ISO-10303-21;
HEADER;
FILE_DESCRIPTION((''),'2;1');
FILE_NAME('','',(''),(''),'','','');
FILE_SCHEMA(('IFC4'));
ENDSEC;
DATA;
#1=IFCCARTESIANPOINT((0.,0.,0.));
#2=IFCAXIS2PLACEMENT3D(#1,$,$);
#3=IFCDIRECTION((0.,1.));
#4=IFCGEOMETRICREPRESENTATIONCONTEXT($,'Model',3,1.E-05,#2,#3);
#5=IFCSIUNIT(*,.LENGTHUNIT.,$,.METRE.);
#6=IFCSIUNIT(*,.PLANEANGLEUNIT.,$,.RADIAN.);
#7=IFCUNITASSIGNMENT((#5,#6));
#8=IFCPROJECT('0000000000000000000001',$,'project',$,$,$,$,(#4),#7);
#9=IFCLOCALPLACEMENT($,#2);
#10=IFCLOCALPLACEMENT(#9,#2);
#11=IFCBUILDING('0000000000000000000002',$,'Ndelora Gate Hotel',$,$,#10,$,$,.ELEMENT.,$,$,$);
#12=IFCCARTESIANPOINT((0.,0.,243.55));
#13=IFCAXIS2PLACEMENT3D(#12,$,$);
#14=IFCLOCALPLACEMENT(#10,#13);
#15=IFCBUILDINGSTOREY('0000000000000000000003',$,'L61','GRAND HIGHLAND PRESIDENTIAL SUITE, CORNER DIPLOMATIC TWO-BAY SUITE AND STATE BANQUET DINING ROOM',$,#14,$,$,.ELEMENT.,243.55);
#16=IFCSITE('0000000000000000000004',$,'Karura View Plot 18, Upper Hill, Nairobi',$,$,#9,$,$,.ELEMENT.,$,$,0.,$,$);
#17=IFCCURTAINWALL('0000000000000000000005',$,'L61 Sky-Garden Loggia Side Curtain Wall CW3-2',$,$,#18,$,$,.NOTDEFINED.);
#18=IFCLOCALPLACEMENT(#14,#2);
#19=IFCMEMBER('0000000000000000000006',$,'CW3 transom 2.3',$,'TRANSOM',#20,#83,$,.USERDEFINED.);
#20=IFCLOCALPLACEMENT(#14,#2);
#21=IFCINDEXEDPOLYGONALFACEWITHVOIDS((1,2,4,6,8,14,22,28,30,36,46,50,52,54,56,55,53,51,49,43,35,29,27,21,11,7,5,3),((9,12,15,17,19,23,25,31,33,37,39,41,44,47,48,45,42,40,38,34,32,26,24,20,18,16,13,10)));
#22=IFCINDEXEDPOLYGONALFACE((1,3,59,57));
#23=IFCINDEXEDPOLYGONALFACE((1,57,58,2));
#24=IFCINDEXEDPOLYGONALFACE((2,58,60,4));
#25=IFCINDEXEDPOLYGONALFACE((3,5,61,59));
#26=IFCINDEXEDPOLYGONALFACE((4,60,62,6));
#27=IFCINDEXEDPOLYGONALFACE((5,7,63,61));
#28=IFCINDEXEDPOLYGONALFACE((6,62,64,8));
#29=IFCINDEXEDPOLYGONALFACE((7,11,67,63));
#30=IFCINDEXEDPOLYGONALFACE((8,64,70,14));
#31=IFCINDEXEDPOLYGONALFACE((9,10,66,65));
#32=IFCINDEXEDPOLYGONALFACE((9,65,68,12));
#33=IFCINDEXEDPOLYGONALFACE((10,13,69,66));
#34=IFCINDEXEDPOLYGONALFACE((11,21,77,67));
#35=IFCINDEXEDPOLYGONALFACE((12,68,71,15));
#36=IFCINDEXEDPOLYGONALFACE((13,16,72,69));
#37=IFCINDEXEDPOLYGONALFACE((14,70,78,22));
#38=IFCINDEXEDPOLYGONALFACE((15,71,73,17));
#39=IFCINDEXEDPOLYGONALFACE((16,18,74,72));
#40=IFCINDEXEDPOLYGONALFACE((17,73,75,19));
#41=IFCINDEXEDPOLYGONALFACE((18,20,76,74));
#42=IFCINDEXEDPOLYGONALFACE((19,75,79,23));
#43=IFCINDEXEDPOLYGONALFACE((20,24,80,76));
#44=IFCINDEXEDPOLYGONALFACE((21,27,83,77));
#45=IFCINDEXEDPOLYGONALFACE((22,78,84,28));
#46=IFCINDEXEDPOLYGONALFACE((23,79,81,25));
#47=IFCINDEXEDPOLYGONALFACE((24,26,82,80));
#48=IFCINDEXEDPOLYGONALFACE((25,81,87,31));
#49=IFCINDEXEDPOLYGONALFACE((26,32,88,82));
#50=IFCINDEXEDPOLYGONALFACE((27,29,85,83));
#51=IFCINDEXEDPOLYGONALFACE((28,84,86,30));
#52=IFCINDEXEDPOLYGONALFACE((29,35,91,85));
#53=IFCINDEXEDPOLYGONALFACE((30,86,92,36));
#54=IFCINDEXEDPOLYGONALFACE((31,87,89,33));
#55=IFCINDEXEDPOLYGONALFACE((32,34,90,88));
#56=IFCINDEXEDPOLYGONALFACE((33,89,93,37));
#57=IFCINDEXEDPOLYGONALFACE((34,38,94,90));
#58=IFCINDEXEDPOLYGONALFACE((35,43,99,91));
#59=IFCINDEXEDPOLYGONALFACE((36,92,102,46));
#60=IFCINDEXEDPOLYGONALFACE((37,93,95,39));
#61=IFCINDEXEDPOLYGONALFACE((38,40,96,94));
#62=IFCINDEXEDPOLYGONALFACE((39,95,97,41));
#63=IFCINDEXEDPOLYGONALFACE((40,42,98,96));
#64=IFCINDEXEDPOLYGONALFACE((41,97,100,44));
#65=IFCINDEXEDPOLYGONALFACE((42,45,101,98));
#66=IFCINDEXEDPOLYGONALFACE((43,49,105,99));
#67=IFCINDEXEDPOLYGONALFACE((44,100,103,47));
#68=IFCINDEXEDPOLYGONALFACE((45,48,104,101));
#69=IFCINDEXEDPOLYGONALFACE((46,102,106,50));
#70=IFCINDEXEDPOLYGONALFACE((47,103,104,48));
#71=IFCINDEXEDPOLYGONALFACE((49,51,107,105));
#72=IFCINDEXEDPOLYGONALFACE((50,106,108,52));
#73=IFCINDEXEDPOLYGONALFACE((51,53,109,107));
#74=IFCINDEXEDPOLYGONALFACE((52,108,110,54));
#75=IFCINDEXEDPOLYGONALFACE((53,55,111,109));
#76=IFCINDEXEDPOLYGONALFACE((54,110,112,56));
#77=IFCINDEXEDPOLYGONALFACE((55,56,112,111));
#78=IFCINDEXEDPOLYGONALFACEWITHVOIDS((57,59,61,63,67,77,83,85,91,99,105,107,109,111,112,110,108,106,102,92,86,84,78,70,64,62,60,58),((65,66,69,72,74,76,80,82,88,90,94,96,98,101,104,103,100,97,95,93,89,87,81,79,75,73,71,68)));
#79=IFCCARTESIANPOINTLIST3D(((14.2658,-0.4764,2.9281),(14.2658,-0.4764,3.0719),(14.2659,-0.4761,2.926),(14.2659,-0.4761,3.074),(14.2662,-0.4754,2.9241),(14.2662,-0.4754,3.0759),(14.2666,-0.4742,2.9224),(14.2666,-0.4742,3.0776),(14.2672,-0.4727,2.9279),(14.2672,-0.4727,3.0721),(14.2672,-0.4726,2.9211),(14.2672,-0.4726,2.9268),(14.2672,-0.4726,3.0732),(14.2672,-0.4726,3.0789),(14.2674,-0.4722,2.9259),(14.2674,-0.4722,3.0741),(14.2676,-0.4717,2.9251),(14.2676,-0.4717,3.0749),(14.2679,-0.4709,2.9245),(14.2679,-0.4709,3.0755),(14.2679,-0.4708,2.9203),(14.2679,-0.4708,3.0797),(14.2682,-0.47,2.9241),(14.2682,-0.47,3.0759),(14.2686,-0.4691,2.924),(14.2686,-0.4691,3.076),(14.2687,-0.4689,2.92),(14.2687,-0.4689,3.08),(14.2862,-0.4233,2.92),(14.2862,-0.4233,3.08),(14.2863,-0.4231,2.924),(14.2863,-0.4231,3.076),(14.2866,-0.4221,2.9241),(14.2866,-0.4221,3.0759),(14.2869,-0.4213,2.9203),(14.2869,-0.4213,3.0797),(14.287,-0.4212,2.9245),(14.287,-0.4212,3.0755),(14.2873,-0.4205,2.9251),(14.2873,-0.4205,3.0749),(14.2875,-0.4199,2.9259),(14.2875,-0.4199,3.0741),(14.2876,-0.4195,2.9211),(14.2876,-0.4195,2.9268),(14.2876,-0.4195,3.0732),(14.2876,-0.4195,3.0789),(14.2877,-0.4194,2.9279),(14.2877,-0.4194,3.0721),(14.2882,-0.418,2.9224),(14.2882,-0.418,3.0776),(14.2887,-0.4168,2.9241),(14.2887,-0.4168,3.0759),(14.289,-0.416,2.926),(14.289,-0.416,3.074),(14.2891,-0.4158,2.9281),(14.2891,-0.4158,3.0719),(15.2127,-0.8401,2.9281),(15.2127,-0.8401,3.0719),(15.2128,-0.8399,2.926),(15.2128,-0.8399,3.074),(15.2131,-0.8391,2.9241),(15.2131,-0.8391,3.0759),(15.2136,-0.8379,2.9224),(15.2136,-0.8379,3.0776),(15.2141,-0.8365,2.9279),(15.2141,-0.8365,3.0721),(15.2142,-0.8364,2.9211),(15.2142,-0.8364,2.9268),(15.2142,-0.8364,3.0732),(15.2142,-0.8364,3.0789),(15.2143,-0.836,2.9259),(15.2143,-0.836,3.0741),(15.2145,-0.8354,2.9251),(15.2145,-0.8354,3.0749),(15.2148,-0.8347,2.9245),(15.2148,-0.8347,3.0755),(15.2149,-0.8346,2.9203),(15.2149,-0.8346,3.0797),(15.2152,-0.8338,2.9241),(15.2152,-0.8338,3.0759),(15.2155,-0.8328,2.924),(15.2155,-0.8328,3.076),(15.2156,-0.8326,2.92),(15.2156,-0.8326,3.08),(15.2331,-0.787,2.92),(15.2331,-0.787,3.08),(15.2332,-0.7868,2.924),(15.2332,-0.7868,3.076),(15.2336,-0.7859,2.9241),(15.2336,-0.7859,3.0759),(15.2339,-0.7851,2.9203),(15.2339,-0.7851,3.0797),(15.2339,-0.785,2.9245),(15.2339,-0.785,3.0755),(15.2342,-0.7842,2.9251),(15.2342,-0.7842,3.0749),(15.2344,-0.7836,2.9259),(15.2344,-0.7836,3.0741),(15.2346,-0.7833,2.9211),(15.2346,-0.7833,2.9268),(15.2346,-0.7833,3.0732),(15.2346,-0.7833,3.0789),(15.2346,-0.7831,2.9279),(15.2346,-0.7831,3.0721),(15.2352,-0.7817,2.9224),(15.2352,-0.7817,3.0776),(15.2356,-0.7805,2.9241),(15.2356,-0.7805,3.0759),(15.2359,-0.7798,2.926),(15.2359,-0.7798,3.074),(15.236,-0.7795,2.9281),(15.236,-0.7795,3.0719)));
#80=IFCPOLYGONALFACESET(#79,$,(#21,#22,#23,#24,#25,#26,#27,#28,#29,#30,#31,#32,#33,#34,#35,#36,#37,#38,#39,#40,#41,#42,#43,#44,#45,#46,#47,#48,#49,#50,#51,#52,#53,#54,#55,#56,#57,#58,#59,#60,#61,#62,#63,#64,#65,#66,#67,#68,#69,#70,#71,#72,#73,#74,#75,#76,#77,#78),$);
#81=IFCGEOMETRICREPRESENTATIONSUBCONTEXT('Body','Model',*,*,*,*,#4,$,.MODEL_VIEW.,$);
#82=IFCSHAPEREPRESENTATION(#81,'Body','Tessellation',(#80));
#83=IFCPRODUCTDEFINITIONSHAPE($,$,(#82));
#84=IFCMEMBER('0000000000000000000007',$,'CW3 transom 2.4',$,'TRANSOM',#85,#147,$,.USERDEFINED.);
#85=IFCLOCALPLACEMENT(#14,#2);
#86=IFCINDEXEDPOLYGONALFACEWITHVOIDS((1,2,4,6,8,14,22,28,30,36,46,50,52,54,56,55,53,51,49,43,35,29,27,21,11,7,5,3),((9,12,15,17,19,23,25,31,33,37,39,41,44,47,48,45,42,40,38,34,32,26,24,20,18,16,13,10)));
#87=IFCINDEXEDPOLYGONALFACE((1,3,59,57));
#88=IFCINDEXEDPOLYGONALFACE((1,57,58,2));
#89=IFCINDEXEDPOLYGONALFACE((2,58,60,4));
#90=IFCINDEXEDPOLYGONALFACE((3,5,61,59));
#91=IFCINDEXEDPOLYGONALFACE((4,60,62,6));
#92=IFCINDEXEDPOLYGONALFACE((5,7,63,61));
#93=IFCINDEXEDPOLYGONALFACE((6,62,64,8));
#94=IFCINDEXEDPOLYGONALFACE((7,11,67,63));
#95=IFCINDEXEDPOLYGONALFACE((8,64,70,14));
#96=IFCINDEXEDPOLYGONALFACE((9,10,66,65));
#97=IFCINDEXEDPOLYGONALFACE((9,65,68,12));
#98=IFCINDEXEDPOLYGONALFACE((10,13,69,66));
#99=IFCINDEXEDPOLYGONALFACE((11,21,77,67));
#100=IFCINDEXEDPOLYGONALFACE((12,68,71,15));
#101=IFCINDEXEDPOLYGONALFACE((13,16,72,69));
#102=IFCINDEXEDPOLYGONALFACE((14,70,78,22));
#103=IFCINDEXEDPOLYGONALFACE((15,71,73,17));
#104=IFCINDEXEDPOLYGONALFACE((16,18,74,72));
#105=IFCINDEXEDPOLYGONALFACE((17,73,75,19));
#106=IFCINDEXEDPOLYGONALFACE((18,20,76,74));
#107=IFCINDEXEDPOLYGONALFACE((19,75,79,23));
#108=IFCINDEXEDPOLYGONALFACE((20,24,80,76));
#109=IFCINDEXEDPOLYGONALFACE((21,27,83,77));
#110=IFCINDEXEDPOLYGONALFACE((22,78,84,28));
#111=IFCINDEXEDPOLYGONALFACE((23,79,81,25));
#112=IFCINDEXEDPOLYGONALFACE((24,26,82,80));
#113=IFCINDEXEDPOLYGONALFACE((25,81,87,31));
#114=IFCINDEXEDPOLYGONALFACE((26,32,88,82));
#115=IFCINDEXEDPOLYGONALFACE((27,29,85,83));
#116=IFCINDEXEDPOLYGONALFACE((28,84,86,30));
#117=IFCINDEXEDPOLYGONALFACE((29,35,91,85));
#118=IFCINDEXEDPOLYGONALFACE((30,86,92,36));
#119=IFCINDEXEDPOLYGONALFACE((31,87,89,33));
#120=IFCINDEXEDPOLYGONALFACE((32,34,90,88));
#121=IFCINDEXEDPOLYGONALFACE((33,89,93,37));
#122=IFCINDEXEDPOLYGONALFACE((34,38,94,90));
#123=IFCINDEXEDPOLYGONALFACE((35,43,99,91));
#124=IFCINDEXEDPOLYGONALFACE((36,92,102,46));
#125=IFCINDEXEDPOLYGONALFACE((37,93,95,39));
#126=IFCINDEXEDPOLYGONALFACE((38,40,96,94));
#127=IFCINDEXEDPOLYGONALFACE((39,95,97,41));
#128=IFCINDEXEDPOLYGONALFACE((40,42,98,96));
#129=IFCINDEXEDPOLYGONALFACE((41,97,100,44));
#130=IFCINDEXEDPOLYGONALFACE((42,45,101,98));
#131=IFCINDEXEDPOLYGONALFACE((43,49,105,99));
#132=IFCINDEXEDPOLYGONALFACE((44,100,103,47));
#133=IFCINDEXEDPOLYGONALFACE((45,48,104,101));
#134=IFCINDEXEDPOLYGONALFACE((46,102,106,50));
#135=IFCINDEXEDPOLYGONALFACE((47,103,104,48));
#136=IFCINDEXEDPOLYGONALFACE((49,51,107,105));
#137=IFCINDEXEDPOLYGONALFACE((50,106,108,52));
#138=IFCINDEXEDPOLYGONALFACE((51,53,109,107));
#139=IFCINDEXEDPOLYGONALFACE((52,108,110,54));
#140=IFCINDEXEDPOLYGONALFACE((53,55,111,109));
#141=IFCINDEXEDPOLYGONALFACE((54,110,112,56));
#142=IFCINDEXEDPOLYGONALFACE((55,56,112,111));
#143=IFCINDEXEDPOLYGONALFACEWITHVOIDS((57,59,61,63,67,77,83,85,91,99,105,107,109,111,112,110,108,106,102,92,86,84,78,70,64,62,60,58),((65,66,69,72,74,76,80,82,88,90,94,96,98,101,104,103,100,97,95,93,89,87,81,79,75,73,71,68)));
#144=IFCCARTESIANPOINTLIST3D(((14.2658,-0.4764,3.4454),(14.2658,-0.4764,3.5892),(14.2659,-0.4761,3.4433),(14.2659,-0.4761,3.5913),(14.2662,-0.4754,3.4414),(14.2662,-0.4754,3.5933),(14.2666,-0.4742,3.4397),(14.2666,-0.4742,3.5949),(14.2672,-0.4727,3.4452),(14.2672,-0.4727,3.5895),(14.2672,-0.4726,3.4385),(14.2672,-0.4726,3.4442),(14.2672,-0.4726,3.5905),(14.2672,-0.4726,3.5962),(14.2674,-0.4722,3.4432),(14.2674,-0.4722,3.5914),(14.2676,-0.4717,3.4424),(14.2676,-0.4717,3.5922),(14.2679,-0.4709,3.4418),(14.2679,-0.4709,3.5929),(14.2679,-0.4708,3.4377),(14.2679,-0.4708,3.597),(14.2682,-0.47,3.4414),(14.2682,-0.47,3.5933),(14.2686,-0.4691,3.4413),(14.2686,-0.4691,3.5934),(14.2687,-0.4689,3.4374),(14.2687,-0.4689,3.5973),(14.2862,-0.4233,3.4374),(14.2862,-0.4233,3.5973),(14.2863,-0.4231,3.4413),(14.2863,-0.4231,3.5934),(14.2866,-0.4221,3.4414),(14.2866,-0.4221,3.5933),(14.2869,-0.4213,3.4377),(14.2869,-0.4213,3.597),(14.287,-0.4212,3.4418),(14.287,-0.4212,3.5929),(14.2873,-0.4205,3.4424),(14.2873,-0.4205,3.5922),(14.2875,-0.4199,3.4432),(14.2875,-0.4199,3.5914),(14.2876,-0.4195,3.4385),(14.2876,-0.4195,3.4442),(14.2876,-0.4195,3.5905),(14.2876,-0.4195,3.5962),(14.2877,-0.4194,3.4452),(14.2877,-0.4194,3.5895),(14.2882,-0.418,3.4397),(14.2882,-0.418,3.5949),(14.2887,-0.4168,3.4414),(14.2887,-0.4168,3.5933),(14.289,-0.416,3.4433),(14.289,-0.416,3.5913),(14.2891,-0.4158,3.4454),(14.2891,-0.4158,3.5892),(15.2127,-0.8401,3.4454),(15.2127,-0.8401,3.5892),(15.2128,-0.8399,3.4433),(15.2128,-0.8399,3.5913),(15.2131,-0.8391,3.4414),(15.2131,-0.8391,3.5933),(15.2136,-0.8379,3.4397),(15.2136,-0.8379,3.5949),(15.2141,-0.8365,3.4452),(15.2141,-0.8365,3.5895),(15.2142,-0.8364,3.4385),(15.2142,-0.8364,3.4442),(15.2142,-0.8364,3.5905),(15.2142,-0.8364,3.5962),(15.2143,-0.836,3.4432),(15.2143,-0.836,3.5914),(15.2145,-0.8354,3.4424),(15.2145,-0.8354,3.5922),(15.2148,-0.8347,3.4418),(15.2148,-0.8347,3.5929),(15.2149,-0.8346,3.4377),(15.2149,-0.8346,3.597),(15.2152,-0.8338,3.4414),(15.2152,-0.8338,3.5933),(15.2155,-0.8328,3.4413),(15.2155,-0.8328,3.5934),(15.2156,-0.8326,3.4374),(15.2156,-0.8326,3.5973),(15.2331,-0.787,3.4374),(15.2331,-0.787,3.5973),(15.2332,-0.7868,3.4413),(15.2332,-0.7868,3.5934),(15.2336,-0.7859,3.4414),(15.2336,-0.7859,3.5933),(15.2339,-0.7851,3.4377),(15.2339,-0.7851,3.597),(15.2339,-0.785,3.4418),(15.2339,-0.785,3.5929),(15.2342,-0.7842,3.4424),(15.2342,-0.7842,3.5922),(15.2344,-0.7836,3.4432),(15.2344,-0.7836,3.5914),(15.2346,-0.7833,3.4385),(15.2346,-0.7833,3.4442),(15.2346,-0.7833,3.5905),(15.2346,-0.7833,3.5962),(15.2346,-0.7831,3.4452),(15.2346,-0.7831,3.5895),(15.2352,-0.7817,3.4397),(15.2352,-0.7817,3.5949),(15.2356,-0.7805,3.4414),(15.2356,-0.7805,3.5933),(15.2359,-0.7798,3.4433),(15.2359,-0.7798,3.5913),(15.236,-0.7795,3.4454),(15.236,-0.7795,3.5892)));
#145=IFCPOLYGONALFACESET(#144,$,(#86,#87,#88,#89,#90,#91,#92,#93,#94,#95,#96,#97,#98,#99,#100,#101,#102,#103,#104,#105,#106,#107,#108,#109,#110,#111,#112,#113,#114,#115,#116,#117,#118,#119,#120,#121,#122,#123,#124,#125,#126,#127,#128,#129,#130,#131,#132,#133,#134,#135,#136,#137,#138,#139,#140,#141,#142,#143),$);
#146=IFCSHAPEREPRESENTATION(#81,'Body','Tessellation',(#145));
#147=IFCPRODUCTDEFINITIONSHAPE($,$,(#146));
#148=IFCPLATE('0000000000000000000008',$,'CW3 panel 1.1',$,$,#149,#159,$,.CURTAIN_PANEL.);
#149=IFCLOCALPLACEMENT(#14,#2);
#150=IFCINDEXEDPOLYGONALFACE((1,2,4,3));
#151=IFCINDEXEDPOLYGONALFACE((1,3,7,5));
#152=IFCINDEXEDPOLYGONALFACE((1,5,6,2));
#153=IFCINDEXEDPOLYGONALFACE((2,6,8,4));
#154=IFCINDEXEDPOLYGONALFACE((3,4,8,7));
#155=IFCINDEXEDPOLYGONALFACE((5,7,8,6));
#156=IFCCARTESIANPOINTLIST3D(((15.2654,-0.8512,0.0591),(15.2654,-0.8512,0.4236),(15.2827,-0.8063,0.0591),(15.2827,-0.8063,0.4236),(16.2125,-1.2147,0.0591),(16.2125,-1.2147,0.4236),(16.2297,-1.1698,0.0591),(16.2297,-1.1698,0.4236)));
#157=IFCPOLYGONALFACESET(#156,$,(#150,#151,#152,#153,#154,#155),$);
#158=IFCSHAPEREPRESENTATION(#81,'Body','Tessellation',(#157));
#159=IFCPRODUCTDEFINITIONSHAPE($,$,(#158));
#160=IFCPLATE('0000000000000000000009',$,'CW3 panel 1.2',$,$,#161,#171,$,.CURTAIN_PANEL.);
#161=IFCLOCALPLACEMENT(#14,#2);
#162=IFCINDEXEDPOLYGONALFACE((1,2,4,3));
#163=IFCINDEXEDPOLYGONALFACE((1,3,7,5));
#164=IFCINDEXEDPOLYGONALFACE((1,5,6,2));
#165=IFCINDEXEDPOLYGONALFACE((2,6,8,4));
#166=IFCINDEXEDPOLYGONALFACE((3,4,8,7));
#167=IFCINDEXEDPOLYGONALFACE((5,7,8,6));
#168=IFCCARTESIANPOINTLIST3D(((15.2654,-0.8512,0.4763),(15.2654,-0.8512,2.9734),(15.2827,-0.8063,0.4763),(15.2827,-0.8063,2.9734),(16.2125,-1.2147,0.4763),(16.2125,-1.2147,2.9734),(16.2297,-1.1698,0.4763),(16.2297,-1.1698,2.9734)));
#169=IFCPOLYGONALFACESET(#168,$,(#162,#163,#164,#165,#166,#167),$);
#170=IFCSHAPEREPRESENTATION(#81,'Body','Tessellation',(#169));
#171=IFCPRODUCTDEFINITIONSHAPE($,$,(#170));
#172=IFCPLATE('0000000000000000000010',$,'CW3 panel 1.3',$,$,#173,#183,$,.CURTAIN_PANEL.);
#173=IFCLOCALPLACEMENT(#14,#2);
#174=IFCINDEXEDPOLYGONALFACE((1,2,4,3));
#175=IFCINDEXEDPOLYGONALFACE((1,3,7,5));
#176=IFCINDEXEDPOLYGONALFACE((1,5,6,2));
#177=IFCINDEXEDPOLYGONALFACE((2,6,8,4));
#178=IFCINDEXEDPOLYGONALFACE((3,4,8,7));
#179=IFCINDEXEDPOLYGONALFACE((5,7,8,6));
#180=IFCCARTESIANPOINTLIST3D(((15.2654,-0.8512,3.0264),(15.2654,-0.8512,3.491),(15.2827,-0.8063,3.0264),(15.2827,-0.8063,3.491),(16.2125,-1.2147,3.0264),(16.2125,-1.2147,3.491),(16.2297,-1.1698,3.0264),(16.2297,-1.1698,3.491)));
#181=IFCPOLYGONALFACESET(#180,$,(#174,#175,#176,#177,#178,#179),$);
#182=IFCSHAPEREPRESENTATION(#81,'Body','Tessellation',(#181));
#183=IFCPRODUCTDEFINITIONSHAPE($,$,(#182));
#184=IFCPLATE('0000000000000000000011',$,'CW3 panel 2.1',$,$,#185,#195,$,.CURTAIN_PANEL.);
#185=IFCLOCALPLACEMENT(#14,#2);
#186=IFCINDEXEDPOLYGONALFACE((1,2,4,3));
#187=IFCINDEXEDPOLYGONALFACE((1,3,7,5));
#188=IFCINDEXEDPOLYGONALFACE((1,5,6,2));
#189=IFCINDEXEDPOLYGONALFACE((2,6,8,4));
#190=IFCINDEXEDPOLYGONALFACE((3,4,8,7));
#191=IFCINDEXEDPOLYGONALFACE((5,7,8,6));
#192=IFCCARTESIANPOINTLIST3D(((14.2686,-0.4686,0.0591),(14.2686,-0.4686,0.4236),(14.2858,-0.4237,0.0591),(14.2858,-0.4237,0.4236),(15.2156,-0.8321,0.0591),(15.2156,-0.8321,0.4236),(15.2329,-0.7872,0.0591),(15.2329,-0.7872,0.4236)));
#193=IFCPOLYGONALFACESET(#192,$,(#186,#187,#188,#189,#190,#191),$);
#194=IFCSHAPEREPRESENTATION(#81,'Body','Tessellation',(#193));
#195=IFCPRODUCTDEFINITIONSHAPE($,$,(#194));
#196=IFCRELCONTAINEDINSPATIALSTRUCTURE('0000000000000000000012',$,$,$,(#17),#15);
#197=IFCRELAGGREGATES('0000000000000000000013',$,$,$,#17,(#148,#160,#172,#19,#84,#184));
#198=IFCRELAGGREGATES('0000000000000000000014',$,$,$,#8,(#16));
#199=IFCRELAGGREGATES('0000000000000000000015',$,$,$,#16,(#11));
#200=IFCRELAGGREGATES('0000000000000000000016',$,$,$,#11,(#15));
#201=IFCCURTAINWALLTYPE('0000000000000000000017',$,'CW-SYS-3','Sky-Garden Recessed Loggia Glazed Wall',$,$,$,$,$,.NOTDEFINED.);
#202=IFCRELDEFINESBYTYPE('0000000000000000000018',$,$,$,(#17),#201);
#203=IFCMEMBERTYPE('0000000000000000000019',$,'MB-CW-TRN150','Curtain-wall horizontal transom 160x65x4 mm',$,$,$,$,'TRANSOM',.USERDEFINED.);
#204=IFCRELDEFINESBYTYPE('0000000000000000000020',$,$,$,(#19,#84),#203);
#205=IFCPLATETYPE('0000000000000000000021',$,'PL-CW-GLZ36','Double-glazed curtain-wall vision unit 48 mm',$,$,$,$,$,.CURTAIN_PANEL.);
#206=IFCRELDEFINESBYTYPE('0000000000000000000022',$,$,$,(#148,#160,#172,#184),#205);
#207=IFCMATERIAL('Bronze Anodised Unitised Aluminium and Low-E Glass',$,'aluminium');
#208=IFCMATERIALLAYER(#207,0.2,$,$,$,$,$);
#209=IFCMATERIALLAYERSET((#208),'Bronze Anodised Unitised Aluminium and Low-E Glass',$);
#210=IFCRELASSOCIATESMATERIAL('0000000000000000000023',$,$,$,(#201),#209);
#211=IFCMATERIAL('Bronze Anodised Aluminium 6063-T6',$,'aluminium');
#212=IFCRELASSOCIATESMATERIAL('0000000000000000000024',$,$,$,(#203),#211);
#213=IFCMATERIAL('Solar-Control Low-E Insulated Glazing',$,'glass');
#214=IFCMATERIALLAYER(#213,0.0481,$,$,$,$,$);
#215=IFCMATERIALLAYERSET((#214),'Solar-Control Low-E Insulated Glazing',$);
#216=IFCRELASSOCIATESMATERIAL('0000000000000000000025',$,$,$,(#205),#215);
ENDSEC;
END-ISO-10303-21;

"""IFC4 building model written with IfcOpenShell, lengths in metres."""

from ifc_helpers import new_model, si_unit, direction, frame, origin, origin_2d, place, context, subcontext, project, spatial, rectangle, hollow_rectangle, extrude, material, layer, layer_set, material_profile, profile_set, type_object, element, aggregate, save


model = new_model("IFC4")

# Units and contexts
model_context = context("Model", 3, precision=1e-05, world=origin(), true_north=direction((0.0, 1.0)))
body_context = subcontext(model_context, "Body", "Model", "MODEL_VIEW")
ifc_project = project(units=[si_unit("LENGTHUNIT", "METRE"), si_unit("PLANEANGLEUNIT", "RADIAN")], contexts=[model_context])

# Site, building, storey
site_placement = place(None, origin())
site = spatial("IfcSite", under=ifc_project, at=site_placement, Name="Karura View Plot 18, Upper Hill, Nairobi", CompositionType="ELEMENT", RefElevation=0.0)
building_placement = place(site_placement, origin())
building = spatial("IfcBuilding", under=site, at=building_placement, Name="Ndelora Gate Hotel", CompositionType="ELEMENT")
storey_placement = place(building_placement, frame((0.0, 0.0, 243.55)))
storey = spatial("IfcBuildingStorey", under=building, at=storey_placement, Name="L61", Description="GRAND HIGHLAND PRESIDENTIAL SUITE, CORNER DIPLOMATIC TWO-BAY SUITE AND STATE BANQUET DINING ROOM", CompositionType="ELEMENT", Elevation=243.55)

# Curtain wall, members, plates
ifc_material_1 = material(Name="Bronze Anodised Unitised Aluminium and Low-E Glass", Category="aluminium")
ifc_layer_1 = layer(ifc_material_1, 0.2)
ifc_layer_set_1 = layer_set([ifc_layer_1], Name="Bronze Anodised Unitised Aluminium and Low-E Glass")
curtain_wall_type = type_object("IfcCurtainWallType", Name="CW-SYS-3", Description="Sky-Garden Recessed Loggia Glazed Wall", PredefinedType="NOTDEFINED", material=ifc_layer_set_1)
curtain_wall_placement = place(storey_placement, origin())
curtain_wall = element("IfcCurtainWall", 1, at=curtain_wall_placement, inside=storey, type_object=curtain_wall_type, Name="L61 Sky-Garden Loggia Side Curtain Wall CW3-2", PredefinedType="NOTDEFINED")
ifc_material_2 = material(Name="Bronze Anodised Aluminium 6063-T6", Category="aluminium")
ifc_material_profile_1 = material_profile(ifc_material_2, hollow_rectangle(XDim=0.0649, YDim=0.1599, WallThickness=0.0039, InnerFilletRadius=0.0039, OuterFilletRadius=0.0081, at=origin_2d()), Name="ALU 160x65x4")
ifc_profile_set_1 = profile_set([ifc_material_profile_1], Name="Bronze Anodised Aluminium 6063-T6")
member_type_1 = type_object("IfcMemberType", Name="MB-CW-TRN150", Description="Curtain-wall horizontal transom 160x65x4 mm", ElementType="TRANSOM", PredefinedType="USERDEFINED", material=ifc_profile_set_1)
member_1_placement = place(storey_placement, frame((15.2244, -0.8098, 3.0), z_axis=(-0.933501, 0.358576, 0.0), x_axis=(-0.358576, -0.933501, 0.0)))
member_1 = element("IfcMember", 2, at=member_1_placement, type_object=member_type_1, Name="CW3 transom 2.3", ObjectType="TRANSOM", PredefinedType="USERDEFINED", context=body_context, shape_type="SweptSolid", body=[
    extrude(hollow_rectangle(XDim=0.0649, YDim=0.1599, WallThickness=0.0039, InnerFilletRadius=0.0039, OuterFilletRadius=0.0081, at=origin_2d()), origin(), (0.0, 0.0, 1.0), 1.0144),
])
member_2_placement = place(storey_placement, frame((15.2244, -0.8098, 3.5173), z_axis=(-0.933501, 0.358576, 0.0), x_axis=(-0.358576, -0.933501, 0.0)))
member_2 = element("IfcMember", 3, at=member_2_placement, type_object=member_type_1, Name="CW3 transom 2.4", ObjectType="TRANSOM", PredefinedType="USERDEFINED", context=body_context, shape_type="SweptSolid", body=[
    extrude(hollow_rectangle(XDim=0.0649, YDim=0.1599, WallThickness=0.0039, InnerFilletRadius=0.0039, OuterFilletRadius=0.0081, at=origin_2d()), origin(), (0.0, 0.0, 1.0), 1.0144),
])
ifc_material_3 = material(Name="Solar-Control Low-E Insulated Glazing", Category="glass")
ifc_layer_2 = layer(ifc_material_3, 0.0481)
ifc_layer_set_2 = layer_set([ifc_layer_2], Name="Solar-Control Low-E Insulated Glazing")
plate_type = type_object("IfcPlateType", Name="PL-CW-GLZ36", Description="Double-glazed curtain-wall vision unit 48 mm", PredefinedType="CURTAIN_PANEL", material=ifc_layer_set_2)
plate_1_placement = place(storey_placement, frame((15.7476, -1.0105, 0.0591), z_axis=(0.0, 0.0, 1.0), x_axis=(-0.933583, 0.358361, 0.0)))
plate_1 = element("IfcPlate", 4, at=plate_1_placement, type_object=plate_type, Name="CW3 panel 1.1", PredefinedType="CURTAIN_PANEL", context=body_context, shape_type="SweptSolid", body=[
    extrude(rectangle(XDim=1.0144, YDim=0.0481, at=origin_2d()), origin(), (0.0, 0.0, 1.0), 0.3645),
])
plate_2_placement = place(storey_placement, frame((15.7476, -1.0105, 0.4763), z_axis=(0.0, 0.0, 1.0), x_axis=(-0.933583, 0.358361, 0.0)))
plate_2 = element("IfcPlate", 5, at=plate_2_placement, type_object=plate_type, Name="CW3 panel 1.2", PredefinedType="CURTAIN_PANEL", context=body_context, shape_type="SweptSolid", body=[
    extrude(rectangle(XDim=1.0144, YDim=0.0481, at=origin_2d()), origin(), (0.0, 0.0, 1.0), 2.4971),
])
plate_3_placement = place(storey_placement, frame((15.7476, -1.0105, 3.0264), z_axis=(0.0, 0.0, 1.0), x_axis=(-0.933583, 0.358361, 0.0)))
plate_3 = element("IfcPlate", 6, at=plate_3_placement, type_object=plate_type, Name="CW3 panel 1.3", PredefinedType="CURTAIN_PANEL", context=body_context, shape_type="SweptSolid", body=[
    extrude(rectangle(XDim=1.0144, YDim=0.0481, at=origin_2d()), origin(), (0.0, 0.0, 1.0), 0.4646),
])
plate_4_placement = place(storey_placement, frame((14.7507, -0.6279, 0.0591), z_axis=(0.0, 0.0, 1.0), x_axis=(-0.933583, 0.358361, 0.0)))
plate_4 = element("IfcPlate", 7, at=plate_4_placement, type_object=plate_type, Name="CW3 panel 2.1", PredefinedType="CURTAIN_PANEL", context=body_context, shape_type="SweptSolid", body=[
    extrude(rectangle(XDim=1.0144, YDim=0.0481, at=origin_2d()), origin(), (0.0, 0.0, 1.0), 0.3645),
])
aggregate(curtain_wall, [plate_1, plate_2, plate_3, member_1, member_2, plate_4])

save(model, "model.ifc")
